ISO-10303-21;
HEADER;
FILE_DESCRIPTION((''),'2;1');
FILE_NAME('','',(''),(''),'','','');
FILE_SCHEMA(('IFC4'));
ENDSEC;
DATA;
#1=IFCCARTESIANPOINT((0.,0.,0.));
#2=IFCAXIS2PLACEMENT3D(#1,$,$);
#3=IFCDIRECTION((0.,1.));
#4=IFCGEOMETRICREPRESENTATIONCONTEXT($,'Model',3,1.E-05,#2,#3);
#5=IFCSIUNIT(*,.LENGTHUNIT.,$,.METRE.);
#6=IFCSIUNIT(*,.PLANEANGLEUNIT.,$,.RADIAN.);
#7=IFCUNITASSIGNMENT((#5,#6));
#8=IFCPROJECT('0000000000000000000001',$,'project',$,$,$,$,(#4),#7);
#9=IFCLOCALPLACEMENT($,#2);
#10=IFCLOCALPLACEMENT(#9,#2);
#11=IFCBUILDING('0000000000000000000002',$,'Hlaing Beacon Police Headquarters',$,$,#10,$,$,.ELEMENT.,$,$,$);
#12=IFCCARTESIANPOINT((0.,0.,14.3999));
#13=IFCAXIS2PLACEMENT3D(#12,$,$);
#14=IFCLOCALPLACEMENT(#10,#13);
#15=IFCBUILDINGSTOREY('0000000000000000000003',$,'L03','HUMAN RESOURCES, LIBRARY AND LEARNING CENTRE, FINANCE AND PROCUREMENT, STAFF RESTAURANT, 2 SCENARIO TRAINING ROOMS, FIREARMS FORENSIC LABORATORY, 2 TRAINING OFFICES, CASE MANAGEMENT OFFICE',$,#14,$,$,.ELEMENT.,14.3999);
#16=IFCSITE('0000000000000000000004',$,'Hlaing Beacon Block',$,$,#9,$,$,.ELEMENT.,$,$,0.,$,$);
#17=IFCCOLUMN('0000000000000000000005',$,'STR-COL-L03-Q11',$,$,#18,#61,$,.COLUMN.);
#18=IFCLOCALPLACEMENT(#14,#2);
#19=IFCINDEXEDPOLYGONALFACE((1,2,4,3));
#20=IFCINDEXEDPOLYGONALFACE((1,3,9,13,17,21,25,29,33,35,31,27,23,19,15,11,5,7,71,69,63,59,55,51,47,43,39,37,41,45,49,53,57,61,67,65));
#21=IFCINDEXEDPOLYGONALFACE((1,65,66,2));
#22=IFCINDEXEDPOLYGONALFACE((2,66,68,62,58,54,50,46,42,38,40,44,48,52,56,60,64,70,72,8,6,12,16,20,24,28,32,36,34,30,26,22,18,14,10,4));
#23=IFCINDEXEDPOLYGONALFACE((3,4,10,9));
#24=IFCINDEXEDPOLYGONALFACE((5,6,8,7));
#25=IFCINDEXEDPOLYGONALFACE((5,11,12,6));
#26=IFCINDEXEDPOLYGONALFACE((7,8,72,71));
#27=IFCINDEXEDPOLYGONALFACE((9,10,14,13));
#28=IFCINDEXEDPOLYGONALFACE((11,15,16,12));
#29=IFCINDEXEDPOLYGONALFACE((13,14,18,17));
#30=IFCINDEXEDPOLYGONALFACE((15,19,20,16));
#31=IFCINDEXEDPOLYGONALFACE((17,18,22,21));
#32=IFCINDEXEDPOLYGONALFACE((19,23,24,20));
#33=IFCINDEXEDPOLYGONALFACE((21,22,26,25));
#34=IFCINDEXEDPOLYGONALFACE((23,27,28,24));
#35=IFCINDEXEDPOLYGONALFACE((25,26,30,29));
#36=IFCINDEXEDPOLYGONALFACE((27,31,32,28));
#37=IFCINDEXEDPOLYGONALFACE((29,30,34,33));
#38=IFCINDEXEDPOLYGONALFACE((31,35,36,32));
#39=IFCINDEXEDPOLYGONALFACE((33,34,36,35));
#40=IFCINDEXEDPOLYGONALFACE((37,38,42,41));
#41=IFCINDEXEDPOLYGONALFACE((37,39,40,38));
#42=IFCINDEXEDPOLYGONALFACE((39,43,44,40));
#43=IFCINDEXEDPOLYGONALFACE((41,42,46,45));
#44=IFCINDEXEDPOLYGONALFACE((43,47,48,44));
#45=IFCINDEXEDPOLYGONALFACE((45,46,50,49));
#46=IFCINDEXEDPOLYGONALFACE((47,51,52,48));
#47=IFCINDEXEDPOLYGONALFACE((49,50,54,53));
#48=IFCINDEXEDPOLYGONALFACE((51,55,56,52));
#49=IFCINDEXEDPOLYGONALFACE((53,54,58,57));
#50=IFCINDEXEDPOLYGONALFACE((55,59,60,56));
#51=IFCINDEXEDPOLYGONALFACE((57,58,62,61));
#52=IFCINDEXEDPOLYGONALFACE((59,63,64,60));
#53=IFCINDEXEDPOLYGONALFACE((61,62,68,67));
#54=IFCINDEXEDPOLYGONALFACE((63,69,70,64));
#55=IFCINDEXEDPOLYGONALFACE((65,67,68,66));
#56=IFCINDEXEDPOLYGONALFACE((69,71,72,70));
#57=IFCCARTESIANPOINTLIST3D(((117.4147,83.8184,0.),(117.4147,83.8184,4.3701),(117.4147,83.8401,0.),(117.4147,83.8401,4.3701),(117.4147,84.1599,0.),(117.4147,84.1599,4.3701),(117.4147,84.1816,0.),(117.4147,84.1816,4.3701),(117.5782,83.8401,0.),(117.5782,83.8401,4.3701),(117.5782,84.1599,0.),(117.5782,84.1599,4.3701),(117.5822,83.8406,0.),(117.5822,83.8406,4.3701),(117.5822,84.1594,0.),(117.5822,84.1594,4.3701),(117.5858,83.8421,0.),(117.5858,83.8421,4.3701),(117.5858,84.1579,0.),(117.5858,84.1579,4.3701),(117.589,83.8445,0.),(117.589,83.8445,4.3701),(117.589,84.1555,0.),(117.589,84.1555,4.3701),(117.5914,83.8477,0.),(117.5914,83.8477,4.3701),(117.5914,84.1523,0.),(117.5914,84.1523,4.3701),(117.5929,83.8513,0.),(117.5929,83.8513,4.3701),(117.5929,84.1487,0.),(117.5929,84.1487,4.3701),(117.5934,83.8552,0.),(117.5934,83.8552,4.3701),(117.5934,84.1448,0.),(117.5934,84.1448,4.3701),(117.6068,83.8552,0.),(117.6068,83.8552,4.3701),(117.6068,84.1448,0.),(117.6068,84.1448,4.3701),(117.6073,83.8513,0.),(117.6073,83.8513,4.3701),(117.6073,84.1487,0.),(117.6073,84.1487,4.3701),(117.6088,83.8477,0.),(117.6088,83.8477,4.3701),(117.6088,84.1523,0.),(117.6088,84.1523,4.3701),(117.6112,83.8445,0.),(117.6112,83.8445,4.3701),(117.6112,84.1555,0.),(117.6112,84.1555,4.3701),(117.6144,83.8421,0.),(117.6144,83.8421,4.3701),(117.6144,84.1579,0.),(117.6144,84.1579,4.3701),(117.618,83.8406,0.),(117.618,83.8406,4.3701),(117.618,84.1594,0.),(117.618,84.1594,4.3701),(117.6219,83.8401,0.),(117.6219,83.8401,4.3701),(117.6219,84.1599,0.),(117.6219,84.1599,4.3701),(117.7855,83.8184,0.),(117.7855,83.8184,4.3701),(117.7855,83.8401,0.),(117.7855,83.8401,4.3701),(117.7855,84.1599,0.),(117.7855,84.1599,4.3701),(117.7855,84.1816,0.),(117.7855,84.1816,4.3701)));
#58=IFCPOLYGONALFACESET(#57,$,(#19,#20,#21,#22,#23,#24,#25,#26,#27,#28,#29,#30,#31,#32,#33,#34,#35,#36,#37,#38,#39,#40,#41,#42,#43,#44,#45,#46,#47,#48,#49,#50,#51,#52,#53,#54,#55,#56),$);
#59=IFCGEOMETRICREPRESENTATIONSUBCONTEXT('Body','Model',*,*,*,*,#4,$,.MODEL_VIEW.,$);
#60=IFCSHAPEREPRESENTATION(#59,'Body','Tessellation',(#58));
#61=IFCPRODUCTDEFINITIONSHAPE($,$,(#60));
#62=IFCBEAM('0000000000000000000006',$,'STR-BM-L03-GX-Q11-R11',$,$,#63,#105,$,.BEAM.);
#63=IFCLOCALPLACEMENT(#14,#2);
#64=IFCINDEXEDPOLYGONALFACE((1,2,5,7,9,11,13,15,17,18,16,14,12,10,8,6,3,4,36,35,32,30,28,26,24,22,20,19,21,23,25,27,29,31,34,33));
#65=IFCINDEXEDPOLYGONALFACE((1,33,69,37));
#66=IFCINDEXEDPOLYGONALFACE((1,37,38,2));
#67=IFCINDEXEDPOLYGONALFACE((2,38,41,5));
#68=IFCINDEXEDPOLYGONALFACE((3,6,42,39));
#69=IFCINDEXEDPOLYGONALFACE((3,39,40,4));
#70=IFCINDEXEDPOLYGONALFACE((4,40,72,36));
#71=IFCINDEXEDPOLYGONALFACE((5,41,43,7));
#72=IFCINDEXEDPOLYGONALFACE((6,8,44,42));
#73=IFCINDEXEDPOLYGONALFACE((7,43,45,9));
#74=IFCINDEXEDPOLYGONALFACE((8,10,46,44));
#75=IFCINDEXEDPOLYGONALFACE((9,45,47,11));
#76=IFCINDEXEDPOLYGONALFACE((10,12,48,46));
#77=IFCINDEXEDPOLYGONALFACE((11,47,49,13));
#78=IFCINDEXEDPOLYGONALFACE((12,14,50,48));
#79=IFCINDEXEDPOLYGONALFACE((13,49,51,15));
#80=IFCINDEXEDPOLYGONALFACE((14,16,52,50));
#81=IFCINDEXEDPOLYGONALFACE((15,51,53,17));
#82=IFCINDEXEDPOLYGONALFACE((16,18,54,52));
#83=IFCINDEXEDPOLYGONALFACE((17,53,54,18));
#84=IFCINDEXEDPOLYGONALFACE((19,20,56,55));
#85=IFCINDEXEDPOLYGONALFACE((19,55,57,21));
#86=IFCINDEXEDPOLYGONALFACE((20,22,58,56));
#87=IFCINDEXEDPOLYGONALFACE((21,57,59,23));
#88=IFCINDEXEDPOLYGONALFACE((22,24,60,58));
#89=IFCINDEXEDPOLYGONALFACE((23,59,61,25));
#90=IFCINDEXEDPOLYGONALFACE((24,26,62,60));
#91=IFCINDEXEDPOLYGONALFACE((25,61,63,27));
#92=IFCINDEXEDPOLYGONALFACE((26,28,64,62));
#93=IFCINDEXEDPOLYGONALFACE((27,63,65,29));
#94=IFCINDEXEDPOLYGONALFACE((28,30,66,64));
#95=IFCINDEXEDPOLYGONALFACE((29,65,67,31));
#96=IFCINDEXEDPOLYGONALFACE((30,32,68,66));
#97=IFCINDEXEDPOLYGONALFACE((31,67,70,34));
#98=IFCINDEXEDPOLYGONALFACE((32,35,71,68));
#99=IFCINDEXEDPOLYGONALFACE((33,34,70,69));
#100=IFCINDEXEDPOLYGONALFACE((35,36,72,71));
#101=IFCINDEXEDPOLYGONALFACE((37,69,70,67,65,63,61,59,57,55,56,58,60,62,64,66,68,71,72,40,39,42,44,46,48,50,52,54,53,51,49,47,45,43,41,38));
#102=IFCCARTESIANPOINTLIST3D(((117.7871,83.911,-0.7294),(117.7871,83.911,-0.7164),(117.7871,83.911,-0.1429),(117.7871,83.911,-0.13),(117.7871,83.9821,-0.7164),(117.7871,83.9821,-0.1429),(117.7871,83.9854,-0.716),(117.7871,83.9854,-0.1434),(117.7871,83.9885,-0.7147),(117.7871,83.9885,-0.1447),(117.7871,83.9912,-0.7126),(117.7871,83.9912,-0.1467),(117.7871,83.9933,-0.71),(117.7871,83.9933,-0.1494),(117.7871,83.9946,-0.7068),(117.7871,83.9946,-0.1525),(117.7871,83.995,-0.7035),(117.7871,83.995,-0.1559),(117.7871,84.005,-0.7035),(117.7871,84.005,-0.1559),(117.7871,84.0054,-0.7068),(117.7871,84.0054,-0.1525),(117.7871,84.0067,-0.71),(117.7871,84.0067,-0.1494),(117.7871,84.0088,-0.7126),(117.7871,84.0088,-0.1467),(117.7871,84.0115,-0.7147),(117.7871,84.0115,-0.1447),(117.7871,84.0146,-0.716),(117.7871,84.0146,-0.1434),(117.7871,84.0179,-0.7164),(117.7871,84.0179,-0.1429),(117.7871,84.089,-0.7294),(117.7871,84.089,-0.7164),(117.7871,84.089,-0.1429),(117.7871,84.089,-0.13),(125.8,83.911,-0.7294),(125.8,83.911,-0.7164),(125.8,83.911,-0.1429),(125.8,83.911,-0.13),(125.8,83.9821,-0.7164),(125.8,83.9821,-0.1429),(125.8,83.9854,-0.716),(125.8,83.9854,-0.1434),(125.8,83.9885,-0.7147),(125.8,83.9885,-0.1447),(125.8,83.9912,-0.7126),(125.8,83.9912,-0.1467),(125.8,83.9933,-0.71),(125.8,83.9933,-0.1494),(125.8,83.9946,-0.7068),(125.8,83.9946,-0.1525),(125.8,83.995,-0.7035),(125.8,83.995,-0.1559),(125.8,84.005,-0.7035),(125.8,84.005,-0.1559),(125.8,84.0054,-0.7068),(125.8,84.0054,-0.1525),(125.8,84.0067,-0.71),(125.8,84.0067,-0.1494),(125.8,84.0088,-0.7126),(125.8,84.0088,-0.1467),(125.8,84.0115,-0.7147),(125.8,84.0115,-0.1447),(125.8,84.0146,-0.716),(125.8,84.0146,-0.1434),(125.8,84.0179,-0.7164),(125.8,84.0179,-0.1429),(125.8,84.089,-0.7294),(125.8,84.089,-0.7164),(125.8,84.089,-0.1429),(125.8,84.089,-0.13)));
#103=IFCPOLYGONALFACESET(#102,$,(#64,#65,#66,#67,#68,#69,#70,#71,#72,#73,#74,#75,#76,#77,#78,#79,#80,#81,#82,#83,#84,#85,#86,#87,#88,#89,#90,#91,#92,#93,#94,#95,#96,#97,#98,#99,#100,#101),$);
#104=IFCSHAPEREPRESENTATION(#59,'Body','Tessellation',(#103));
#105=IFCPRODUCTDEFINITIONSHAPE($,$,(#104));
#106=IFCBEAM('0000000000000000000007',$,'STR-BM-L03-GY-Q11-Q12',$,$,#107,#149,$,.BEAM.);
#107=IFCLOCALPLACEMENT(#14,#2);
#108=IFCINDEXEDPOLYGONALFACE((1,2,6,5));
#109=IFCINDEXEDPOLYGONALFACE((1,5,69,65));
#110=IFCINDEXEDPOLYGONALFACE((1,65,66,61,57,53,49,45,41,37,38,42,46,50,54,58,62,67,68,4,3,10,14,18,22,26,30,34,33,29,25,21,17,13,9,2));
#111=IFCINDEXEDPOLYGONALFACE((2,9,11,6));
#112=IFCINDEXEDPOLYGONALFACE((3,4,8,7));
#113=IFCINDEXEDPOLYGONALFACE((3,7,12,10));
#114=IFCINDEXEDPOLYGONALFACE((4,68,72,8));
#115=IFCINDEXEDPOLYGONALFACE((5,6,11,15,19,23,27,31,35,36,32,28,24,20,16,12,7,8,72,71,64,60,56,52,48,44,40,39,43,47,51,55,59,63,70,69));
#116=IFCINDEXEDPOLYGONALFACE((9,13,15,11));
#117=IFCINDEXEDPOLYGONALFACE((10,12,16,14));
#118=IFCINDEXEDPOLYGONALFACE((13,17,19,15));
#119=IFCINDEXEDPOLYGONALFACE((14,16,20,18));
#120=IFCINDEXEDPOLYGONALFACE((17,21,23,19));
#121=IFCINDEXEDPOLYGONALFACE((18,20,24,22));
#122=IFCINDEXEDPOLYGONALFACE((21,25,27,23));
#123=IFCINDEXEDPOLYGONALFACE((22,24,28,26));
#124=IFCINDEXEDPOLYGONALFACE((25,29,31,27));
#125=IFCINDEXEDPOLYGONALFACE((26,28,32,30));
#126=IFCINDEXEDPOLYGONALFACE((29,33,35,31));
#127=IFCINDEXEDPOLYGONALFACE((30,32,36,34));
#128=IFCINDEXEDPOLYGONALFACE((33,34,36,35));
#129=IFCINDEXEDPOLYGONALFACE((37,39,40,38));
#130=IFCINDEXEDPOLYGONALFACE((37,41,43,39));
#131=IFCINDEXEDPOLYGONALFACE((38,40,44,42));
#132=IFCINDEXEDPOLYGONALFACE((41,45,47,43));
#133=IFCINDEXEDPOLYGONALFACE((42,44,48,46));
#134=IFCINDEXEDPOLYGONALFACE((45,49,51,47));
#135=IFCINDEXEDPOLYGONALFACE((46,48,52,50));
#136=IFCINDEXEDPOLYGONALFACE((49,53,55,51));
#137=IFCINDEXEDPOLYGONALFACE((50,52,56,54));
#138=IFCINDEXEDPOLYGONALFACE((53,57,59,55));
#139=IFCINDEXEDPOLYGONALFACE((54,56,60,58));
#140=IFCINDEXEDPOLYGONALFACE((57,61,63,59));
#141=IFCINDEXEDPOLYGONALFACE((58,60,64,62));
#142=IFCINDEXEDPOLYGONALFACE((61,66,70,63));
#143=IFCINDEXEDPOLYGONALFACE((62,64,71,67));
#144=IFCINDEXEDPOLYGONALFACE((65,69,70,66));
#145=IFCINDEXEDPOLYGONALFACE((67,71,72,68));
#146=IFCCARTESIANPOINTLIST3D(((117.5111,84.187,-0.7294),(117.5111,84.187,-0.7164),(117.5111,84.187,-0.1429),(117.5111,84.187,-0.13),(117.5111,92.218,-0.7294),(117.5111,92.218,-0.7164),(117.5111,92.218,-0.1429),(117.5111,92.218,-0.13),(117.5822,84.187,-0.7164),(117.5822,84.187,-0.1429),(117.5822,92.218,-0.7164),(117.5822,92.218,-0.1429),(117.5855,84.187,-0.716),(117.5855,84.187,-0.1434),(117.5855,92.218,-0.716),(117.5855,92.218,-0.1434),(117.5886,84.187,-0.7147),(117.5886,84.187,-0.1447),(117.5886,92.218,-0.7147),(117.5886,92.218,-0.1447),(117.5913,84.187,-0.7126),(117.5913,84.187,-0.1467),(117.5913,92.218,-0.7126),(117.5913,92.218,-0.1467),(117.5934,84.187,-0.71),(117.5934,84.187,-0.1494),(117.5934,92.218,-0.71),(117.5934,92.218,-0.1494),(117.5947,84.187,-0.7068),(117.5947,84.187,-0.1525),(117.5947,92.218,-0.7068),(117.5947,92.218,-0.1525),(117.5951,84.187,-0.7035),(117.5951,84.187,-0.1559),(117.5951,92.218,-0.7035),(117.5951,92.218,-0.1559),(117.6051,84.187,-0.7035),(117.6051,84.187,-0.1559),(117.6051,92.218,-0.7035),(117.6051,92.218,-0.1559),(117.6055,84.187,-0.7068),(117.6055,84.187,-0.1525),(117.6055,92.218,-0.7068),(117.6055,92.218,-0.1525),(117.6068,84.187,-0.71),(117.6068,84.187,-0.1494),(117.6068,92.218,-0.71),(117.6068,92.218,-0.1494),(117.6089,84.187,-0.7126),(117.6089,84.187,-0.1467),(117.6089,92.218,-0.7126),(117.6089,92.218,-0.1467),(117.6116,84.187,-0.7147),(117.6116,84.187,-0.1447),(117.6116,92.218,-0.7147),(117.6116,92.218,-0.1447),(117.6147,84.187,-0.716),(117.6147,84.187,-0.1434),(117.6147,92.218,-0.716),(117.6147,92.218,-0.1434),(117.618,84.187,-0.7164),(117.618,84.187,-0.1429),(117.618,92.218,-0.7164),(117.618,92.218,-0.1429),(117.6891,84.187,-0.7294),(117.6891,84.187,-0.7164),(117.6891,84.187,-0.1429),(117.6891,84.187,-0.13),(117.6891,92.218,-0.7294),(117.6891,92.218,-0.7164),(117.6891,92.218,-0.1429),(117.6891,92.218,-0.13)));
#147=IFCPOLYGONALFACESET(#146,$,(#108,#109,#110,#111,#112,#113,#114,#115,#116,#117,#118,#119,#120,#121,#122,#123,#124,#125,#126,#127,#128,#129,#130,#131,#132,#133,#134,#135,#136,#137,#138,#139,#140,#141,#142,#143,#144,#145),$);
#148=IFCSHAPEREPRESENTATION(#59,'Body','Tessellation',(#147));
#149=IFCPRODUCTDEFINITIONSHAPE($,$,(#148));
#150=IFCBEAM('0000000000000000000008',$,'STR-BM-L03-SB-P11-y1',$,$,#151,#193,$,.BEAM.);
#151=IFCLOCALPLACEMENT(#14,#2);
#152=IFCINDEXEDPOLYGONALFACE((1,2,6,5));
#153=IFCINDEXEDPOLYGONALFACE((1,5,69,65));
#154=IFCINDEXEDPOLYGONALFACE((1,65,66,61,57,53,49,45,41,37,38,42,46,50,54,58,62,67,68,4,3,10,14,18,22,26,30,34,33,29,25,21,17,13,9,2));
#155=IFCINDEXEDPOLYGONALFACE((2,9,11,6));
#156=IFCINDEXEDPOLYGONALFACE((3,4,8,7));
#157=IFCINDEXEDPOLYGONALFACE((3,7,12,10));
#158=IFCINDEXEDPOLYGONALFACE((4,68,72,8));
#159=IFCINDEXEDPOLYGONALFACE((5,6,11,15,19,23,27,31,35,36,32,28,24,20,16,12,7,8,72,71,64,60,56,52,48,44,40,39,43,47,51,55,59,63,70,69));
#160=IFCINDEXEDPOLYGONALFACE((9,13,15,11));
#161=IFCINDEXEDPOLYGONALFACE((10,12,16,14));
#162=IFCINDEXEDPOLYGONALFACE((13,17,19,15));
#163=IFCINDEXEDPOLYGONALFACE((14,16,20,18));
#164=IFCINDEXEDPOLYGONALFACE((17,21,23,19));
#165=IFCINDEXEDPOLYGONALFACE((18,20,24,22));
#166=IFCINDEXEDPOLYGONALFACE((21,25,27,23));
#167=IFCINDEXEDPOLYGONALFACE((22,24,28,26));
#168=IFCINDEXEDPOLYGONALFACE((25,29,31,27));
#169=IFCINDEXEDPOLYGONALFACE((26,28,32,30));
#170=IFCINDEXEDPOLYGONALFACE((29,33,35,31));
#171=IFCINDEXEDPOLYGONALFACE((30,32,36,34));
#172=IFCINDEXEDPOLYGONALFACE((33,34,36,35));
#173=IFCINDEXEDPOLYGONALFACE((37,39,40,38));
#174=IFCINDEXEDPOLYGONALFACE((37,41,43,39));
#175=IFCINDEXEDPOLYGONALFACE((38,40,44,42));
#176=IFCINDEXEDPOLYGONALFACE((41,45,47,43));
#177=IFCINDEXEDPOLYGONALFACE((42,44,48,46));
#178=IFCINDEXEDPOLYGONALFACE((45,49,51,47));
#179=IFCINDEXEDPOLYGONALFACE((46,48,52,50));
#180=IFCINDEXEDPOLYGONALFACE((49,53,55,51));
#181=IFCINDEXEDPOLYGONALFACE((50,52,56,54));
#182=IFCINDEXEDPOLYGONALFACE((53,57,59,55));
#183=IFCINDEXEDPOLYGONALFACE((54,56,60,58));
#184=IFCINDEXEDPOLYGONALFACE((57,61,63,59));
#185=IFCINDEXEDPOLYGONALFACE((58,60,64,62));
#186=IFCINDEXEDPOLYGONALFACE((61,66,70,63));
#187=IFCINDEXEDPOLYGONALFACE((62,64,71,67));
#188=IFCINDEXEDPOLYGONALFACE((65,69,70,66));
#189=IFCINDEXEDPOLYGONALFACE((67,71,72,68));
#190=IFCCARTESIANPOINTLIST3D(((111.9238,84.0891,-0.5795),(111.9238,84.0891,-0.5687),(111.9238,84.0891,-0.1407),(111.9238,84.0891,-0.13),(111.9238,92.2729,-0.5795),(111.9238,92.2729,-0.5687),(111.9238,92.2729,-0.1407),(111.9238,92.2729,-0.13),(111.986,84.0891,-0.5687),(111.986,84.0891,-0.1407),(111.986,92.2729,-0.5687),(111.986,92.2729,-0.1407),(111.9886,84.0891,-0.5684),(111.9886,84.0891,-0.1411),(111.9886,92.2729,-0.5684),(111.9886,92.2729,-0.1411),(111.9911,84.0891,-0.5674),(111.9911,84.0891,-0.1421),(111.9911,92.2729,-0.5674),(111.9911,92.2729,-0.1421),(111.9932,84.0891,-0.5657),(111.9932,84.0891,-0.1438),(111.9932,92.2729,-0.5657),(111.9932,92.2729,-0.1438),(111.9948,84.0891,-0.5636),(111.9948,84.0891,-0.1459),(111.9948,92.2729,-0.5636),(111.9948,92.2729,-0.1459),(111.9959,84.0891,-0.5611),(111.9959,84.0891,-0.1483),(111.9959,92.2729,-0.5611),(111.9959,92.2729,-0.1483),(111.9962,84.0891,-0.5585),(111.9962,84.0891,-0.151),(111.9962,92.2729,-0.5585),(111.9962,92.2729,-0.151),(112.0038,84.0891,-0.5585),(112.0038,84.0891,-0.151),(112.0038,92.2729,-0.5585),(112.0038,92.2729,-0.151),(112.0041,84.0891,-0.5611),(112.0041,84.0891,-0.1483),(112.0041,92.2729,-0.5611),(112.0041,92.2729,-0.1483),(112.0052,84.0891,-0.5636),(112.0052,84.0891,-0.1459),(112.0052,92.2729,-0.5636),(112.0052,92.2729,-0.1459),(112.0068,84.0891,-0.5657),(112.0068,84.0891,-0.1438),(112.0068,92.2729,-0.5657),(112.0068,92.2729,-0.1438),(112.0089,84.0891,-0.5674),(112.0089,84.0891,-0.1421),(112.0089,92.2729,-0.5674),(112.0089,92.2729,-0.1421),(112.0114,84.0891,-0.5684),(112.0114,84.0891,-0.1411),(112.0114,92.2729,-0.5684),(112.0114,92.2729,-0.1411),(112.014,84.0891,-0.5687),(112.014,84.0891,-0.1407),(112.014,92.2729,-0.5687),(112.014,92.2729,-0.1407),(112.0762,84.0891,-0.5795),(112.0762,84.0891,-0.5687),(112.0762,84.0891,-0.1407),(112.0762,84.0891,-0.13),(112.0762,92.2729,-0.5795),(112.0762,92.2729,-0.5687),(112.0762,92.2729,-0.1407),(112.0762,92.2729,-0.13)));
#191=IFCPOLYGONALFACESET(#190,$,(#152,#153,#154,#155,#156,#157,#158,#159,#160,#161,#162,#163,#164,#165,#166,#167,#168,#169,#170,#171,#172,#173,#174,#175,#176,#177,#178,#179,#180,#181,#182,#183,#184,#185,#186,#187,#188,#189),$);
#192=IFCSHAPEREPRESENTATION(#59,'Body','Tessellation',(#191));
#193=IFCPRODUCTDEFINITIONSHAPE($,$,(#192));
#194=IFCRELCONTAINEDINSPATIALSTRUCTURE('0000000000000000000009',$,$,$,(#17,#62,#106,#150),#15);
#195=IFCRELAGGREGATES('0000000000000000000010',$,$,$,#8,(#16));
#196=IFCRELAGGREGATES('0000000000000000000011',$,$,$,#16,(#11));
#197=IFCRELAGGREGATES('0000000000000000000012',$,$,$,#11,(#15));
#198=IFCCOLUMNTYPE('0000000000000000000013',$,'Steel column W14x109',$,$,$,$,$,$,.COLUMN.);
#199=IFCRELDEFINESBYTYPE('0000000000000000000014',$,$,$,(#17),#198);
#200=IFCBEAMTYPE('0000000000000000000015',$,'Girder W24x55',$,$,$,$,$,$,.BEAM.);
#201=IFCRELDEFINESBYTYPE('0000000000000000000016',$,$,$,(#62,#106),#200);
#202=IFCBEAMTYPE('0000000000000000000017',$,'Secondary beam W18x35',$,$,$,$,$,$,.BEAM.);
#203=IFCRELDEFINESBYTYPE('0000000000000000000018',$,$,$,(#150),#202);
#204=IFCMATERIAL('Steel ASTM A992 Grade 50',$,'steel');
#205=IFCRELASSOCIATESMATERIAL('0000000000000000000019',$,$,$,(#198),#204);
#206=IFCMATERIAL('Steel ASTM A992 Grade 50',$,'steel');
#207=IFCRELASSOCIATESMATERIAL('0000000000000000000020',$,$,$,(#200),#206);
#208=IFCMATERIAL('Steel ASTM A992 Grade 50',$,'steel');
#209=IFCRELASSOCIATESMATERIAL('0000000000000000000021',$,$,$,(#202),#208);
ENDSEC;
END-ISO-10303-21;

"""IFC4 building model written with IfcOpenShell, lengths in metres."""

from ifc_helpers import new_model, si_unit, direction, frame, origin, origin_2d, place, context, subcontext, project, spatial, i_section, extrude, material, material_profile, profile_set, type_object, element, save


model = new_model("IFC4")

# Units and contexts
model_context = context("Model", 3, precision=1e-05, world=origin(), true_north=direction((0.0, 1.0)))
body_context = subcontext(model_context, "Body", "Model", "MODEL_VIEW")
ifc_project = project(units=[si_unit("LENGTHUNIT", "METRE"), si_unit("PLANEANGLEUNIT", "RADIAN")], contexts=[model_context])

# Site, building, storey
site_placement = place(None, origin())
site = spatial("IfcSite", under=ifc_project, at=site_placement, Name="Hlaing Beacon Block", CompositionType="ELEMENT", RefElevation=0.0)
building_placement = place(site_placement, origin())
building = spatial("IfcBuilding", under=site, at=building_placement, Name="Hlaing Beacon Police Headquarters", CompositionType="ELEMENT")
storey_placement = place(building_placement, frame((0.0, 0.0, 14.3999)))
storey = spatial("IfcBuildingStorey", under=building, at=storey_placement, Name="L03", Description="HUMAN RESOURCES, LIBRARY AND LEARNING CENTRE, FINANCE AND PROCUREMENT, STAFF RESTAURANT, 2 SCENARIO TRAINING ROOMS, FIREARMS FORENSIC LABORATORY, 2 TRAINING OFFICES, CASE MANAGEMENT OFFICE", CompositionType="ELEMENT", Elevation=14.3999)

# Column
ifc_material_1 = material(Name="Steel ASTM A992 Grade 50", Category="steel")
ifc_material_profile_1 = material_profile(ifc_material_1, i_section(OverallWidth=0.3708, OverallDepth=0.3633, WebThickness=0.0134, FlangeThickness=0.0217, FilletRadius=0.0151, at=origin_2d()), Name="W14x109")
ifc_profile_set_1 = profile_set([ifc_material_profile_1], Name="Steel ASTM A992 Grade 50")
column_type = type_object("IfcColumnType", Name="Steel column W14x109", PredefinedType="COLUMN", material=ifc_profile_set_1)
column_placement = place(storey_placement, frame((117.6001, 84.0, 0.0), z_axis=(0.0, 0.0, 1.0), x_axis=(1.0, 0.0, 0.0)))
element("IfcColumn", 1, at=column_placement, inside=storey, type_object=column_type, Name="STR-COL-L03-Q11", PredefinedType="COLUMN", context=body_context, shape_type="SweptSolid", body=[
    extrude(i_section(OverallWidth=0.3708, OverallDepth=0.3633, WebThickness=0.0134, FlangeThickness=0.0217, FilletRadius=0.0151, at=origin_2d()), origin(), (0.0, 0.0, 1.0), 4.3701),
])

# Beams
ifc_material_2 = material(Name="Steel ASTM A992 Grade 50", Category="steel")
ifc_material_profile_2 = material_profile(ifc_material_2, i_section(OverallWidth=0.178, OverallDepth=0.5994, WebThickness=0.01, FlangeThickness=0.0129, FilletRadius=0.0129, at=origin_2d()), Name="W24x55")
ifc_profile_set_2 = profile_set([ifc_material_profile_2], Name="Steel ASTM A992 Grade 50")
beam_type_1 = type_object("IfcBeamType", Name="Girder W24x55", PredefinedType="BEAM", material=ifc_profile_set_2)
beam_1_placement = place(storey_placement, frame((117.7871, 84.0, -0.4297), z_axis=(1.0, 0.0, 0.0), x_axis=(0.0, 1.0, 0.0)))
element("IfcBeam", 2, at=beam_1_placement, inside=storey, type_object=beam_type_1, Name="STR-BM-L03-GX-Q11-R11", PredefinedType="BEAM", context=body_context, shape_type="SweptSolid", body=[
    extrude(i_section(OverallWidth=0.178, OverallDepth=0.5994, WebThickness=0.01, FlangeThickness=0.0129, FilletRadius=0.0129, at=origin_2d()), origin(), (0.0, 0.0, 1.0), 8.0129),
])
beam_2_placement = place(storey_placement, frame((117.6001, 84.187, -0.4297), z_axis=(0.0, 1.0, 0.0), x_axis=(-1.0, 0.0, 0.0)))
element("IfcBeam", 3, at=beam_2_placement, inside=storey, type_object=beam_type_1, Name="STR-BM-L03-GY-Q11-Q12", PredefinedType="BEAM", context=body_context, shape_type="SweptSolid", body=[
    extrude(i_section(OverallWidth=0.178, OverallDepth=0.5994, WebThickness=0.01, FlangeThickness=0.0129, FilletRadius=0.0129, at=origin_2d()), origin(), (0.0, 0.0, 1.0), 8.031),
])
ifc_material_3 = material(Name="Steel ASTM A992 Grade 50", Category="steel")
ifc_material_profile_3 = material_profile(ifc_material_3, i_section(OverallWidth=0.1523, OverallDepth=0.4495, WebThickness=0.0076, FlangeThickness=0.0107, FilletRadius=0.0103, at=origin_2d()), Name="W18x35")
ifc_profile_set_3 = profile_set([ifc_material_profile_3], Name="Steel ASTM A992 Grade 50")
beam_type_2 = type_object("IfcBeamType", Name="Secondary beam W18x35", PredefinedType="BEAM", material=ifc_profile_set_3)
for number, where, z_axis, x_axis, name in (
    (4, (112.0, 84.0891, -0.3547), (0.0, 1.0, 0.0), (-1.0, 0.0, 0.0), "STR-BM-L03-SB-P11-y1"),
):
    element("IfcBeam", number, at=place(storey_placement, frame(where, z_axis=z_axis, x_axis=x_axis)), inside=storey, type_object=beam_type_2, Name=name, PredefinedType="BEAM", context=body_context, shape_type="SweptSolid", body=[
        extrude(i_section(OverallWidth=0.1523, OverallDepth=0.4495, WebThickness=0.0076, FlangeThickness=0.0107, FilletRadius=0.0103, at=origin_2d()), origin(), (0.0, 0.0, 1.0), 8.1838),
    ])

save(model, "model.ifc")
